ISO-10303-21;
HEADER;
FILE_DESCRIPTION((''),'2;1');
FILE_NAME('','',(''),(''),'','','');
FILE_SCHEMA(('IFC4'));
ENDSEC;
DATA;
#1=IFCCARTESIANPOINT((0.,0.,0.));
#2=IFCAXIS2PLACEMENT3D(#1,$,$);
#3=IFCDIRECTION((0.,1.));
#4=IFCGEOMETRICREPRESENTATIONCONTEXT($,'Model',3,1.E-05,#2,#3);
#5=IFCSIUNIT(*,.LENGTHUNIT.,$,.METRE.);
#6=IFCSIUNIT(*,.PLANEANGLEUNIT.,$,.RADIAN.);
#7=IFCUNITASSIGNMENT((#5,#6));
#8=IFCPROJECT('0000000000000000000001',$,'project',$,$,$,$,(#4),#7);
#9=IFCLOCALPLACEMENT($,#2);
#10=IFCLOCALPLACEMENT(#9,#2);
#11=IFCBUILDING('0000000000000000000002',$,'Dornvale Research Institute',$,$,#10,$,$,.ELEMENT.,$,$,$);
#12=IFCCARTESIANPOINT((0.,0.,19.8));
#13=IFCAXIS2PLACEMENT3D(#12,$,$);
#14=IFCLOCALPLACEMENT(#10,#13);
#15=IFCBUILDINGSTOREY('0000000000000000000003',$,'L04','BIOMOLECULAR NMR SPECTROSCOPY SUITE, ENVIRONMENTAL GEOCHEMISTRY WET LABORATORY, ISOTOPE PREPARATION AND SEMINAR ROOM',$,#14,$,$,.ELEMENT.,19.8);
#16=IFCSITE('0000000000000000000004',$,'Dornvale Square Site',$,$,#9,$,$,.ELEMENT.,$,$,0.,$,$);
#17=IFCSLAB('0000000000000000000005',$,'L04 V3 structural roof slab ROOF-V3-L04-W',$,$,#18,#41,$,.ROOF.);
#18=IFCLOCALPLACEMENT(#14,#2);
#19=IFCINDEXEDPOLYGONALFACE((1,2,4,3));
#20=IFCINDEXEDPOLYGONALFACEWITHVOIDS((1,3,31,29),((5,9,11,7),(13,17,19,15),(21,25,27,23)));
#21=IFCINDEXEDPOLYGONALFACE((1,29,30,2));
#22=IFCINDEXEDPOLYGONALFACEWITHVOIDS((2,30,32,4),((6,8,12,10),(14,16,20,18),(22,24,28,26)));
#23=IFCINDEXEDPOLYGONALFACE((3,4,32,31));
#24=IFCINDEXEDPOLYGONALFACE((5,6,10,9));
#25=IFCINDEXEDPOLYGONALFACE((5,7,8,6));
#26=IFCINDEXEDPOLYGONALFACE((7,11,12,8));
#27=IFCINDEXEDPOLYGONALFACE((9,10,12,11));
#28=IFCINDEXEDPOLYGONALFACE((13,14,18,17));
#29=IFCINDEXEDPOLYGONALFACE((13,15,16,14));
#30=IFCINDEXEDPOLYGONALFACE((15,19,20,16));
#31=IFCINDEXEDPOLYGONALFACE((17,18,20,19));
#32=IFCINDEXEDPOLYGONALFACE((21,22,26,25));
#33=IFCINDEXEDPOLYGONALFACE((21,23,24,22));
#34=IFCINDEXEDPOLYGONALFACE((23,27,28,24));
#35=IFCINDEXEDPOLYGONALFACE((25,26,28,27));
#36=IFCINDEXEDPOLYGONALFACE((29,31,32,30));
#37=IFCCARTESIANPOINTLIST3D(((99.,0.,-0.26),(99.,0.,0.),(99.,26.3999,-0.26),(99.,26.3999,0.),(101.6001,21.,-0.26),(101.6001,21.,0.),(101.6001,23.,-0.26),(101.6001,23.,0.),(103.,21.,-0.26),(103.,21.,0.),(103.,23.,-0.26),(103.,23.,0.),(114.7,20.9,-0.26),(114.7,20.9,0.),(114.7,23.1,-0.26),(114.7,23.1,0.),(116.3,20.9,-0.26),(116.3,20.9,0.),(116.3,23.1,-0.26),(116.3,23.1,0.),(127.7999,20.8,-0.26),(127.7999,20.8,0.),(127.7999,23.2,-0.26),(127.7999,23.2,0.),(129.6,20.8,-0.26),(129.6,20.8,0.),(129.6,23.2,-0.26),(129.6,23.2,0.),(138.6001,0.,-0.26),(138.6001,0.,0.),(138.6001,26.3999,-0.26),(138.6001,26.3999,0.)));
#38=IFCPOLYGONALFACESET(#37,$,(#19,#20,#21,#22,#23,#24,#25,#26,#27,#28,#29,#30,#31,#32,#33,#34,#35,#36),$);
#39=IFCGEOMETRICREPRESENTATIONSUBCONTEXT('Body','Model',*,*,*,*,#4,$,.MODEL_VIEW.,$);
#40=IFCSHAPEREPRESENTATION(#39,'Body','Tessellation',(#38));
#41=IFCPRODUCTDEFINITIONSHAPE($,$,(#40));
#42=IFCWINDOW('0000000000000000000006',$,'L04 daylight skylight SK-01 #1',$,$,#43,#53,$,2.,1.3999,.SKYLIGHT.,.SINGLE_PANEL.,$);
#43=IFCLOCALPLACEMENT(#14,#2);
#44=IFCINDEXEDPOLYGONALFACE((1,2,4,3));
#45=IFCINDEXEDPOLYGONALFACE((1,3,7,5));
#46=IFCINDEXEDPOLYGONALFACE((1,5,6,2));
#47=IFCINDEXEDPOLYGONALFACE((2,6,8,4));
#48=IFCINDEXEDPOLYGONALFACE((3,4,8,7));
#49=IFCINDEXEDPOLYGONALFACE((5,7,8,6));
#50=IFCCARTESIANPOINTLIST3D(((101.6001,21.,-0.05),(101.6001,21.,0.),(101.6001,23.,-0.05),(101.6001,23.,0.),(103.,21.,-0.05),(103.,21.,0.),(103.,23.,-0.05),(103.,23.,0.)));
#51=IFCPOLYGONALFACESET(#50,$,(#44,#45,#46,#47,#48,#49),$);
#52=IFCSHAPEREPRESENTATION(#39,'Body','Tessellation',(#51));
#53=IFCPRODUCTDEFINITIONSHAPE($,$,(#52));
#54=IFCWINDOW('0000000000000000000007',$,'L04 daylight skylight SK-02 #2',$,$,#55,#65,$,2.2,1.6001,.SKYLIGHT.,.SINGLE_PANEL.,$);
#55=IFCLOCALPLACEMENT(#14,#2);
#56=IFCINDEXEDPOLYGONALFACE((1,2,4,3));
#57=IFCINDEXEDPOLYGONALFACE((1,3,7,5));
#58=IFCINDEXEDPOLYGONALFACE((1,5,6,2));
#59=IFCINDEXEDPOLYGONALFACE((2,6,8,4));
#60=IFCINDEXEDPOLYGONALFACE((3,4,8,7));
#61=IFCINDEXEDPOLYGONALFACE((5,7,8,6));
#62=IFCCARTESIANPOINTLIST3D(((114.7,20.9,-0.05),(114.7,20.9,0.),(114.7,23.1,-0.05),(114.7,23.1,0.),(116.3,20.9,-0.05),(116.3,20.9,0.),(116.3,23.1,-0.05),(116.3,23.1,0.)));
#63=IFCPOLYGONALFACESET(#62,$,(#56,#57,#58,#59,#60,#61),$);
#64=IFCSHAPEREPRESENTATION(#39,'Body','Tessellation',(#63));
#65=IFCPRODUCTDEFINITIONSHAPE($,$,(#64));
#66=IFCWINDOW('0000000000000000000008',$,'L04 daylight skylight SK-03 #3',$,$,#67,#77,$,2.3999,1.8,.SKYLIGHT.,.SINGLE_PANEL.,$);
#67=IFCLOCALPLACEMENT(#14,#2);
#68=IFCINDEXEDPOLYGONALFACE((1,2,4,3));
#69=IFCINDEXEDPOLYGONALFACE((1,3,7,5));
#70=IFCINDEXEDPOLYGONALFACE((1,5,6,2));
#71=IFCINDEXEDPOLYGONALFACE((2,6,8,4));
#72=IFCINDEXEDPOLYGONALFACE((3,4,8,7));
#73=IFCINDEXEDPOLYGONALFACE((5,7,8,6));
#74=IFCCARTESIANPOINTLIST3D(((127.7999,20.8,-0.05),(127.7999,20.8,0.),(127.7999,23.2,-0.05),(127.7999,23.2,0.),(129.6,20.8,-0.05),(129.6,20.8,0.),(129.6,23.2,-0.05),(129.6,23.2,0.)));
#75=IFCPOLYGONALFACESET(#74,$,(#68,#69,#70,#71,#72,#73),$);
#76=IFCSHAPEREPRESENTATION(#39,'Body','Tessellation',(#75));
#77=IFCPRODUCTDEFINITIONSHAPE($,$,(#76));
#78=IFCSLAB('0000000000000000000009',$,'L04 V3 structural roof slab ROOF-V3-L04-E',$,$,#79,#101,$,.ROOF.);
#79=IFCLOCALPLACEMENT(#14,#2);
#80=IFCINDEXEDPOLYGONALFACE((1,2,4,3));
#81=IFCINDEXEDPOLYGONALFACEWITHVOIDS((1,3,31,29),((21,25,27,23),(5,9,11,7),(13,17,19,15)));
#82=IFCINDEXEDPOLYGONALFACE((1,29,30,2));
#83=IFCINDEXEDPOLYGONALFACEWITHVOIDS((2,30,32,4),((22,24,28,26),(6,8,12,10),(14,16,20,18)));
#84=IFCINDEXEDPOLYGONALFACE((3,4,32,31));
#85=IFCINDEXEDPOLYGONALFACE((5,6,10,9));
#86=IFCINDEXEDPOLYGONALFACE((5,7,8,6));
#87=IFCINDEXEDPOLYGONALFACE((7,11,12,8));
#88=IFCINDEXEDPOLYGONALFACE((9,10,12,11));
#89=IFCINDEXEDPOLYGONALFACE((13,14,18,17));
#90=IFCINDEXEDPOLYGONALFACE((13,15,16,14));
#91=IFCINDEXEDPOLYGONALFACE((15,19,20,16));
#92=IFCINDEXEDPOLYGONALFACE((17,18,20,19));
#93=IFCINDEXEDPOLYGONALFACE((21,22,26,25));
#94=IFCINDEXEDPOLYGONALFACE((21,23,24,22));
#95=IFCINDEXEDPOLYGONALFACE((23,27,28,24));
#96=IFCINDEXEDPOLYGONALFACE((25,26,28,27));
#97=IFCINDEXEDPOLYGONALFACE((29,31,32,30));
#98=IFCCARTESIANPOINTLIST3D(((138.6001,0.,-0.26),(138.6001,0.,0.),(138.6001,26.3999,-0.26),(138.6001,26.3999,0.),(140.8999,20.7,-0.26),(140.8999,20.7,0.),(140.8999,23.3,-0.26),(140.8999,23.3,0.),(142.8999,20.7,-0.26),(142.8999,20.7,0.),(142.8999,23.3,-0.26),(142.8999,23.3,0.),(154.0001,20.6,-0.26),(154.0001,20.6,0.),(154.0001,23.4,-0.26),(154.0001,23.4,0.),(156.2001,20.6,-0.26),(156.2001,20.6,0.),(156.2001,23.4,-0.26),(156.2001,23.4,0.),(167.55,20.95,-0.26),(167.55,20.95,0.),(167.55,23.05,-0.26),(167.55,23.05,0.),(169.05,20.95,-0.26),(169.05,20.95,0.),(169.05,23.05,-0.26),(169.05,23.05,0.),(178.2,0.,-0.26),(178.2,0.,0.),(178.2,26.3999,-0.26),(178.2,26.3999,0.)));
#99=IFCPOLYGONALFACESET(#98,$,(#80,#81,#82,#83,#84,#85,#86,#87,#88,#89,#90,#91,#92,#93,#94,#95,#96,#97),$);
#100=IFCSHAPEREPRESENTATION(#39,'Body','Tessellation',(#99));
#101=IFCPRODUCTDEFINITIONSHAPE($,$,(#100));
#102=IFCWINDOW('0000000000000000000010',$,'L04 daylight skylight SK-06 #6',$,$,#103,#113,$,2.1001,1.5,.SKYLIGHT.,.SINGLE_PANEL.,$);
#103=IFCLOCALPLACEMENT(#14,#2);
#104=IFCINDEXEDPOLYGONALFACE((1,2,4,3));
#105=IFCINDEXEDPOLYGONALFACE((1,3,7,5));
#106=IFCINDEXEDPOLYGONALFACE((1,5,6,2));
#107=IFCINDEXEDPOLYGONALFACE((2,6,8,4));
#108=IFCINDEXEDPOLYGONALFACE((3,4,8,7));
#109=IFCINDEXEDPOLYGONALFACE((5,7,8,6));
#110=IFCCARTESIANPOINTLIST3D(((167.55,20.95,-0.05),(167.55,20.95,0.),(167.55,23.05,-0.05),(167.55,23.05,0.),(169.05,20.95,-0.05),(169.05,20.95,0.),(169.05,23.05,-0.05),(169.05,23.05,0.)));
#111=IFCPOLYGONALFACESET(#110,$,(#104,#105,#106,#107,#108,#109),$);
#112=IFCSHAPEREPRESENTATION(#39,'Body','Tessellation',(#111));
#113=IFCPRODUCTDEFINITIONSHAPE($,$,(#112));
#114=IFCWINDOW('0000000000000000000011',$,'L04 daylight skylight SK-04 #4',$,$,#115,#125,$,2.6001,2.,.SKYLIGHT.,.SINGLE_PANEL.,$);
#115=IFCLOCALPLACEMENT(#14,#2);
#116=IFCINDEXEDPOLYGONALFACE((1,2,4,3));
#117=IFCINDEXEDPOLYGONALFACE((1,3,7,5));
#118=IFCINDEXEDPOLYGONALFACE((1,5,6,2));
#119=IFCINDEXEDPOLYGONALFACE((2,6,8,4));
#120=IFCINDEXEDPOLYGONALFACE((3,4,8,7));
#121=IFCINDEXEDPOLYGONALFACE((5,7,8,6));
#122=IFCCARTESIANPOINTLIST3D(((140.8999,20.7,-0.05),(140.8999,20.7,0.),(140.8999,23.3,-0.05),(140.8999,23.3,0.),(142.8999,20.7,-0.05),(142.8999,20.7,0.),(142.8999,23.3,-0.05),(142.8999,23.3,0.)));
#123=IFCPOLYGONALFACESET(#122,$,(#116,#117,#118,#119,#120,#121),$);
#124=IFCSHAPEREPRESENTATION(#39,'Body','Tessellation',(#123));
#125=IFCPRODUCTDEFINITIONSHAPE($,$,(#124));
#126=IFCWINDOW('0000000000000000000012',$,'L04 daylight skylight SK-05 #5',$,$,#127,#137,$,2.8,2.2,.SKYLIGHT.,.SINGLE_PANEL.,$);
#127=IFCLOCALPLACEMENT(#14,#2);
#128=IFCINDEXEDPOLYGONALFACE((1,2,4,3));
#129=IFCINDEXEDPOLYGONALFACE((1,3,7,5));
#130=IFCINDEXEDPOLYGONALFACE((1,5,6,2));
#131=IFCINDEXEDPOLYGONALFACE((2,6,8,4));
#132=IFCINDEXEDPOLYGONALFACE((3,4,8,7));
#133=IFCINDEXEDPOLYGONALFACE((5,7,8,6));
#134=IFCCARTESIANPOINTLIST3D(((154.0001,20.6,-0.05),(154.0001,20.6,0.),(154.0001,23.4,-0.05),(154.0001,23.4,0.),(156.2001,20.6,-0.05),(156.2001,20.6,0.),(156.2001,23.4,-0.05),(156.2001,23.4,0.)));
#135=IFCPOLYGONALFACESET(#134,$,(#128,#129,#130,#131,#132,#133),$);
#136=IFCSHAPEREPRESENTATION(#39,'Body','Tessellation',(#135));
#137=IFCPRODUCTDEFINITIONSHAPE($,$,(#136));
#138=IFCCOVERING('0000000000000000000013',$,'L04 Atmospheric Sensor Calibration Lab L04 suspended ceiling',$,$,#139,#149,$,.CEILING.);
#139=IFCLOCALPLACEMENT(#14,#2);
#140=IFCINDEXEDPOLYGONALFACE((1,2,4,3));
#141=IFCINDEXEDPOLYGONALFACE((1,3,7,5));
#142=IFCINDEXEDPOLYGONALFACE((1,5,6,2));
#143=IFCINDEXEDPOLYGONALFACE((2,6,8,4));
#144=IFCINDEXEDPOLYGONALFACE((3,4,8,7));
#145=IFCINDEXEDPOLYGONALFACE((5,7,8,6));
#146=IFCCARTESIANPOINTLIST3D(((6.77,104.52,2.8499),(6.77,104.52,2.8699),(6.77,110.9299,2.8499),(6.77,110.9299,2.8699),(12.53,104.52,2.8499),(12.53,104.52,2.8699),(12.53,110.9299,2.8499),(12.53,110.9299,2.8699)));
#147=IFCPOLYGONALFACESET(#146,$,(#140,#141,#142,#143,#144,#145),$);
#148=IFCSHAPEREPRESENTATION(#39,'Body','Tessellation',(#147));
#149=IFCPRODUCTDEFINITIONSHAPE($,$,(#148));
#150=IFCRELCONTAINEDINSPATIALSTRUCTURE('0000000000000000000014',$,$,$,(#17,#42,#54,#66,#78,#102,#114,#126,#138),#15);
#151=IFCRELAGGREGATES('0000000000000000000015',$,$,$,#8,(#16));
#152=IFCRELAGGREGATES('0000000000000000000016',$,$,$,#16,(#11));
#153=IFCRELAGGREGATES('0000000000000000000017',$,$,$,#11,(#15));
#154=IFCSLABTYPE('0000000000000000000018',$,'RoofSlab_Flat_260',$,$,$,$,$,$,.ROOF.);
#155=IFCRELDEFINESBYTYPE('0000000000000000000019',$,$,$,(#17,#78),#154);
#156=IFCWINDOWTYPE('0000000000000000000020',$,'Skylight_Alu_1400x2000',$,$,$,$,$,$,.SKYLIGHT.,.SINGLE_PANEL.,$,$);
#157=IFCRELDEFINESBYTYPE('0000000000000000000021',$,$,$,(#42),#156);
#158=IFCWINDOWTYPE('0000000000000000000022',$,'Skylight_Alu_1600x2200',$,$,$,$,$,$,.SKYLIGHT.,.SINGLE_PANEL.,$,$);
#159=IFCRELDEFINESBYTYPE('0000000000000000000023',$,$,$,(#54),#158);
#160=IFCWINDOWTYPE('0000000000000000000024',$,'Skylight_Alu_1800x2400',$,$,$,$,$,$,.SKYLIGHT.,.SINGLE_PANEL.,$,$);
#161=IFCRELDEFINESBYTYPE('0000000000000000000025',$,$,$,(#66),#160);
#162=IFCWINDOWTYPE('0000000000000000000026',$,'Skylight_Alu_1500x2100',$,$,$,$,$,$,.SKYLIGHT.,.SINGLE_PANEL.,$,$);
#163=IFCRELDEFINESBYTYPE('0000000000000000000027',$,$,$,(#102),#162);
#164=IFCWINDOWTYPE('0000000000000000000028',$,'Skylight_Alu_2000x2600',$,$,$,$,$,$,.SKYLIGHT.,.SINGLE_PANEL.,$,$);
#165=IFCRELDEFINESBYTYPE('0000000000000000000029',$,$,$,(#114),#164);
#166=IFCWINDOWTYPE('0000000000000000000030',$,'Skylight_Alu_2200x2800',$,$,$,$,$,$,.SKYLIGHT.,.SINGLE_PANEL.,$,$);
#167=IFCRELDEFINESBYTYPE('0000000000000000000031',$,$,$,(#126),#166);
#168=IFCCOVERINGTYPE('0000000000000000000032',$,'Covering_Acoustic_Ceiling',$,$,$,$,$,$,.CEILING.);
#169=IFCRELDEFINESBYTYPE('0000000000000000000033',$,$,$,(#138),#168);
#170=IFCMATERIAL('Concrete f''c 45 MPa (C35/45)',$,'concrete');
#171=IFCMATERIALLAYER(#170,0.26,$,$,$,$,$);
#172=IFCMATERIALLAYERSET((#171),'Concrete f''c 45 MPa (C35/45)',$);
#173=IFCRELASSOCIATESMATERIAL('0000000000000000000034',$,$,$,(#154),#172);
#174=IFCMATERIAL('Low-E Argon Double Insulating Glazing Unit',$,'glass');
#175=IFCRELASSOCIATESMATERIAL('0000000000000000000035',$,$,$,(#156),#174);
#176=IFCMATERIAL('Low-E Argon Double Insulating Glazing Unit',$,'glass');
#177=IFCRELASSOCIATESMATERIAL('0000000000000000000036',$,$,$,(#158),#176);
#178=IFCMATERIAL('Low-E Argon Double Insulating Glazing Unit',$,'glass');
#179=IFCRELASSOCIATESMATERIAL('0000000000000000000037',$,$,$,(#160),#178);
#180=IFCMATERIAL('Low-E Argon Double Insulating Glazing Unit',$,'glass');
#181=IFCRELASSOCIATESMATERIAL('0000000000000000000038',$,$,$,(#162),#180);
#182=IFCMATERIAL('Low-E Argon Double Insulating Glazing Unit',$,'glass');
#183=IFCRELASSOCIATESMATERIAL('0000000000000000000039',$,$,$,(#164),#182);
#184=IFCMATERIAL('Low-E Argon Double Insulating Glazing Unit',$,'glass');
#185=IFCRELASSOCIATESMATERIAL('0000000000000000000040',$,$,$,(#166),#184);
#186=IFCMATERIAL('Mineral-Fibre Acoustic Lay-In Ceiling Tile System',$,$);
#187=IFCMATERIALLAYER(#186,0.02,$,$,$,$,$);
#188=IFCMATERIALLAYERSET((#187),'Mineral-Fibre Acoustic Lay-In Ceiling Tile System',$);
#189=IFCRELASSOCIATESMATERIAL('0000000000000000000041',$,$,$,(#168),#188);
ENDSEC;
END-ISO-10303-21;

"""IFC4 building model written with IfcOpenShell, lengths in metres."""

from ifc_helpers import new_model, si_unit, direction, frame, origin, origin_2d, place, context, subcontext, project, spatial, polyline, rectangle, outline, extrude, material, layer, layer_set, type_object, element, fill, save


model = new_model("IFC4")

# Units and contexts
model_context = context("Model", 3, precision=1e-05, world=origin(), true_north=direction((0.0, 1.0)))
body_context = subcontext(model_context, "Body", "Model", "MODEL_VIEW")
ifc_project = project(units=[si_unit("LENGTHUNIT", "METRE"), si_unit("PLANEANGLEUNIT", "RADIAN")], contexts=[model_context])

# Site, building, storey
site_placement = place(None, origin())
site = spatial("IfcSite", under=ifc_project, at=site_placement, Name="Dornvale Square Site", CompositionType="ELEMENT", RefElevation=0.0)
building_placement = place(site_placement, origin())
building = spatial("IfcBuilding", under=site, at=building_placement, Name="Dornvale Research Institute", CompositionType="ELEMENT")
storey_placement = place(building_placement, frame((0.0, 0.0, 19.8)))
storey = spatial("IfcBuildingStorey", under=building, at=storey_placement, Name="L04", Description="BIOMOLECULAR NMR SPECTROSCOPY SUITE, ENVIRONMENTAL GEOCHEMISTRY WET LABORATORY, ISOTOPE PREPARATION AND SEMINAR ROOM", CompositionType="ELEMENT", Elevation=19.8)

# Slabs, openings, windows
ifc_material_1 = material(Name="Concrete f'c 45 MPa (C35/45)", Category="concrete")
ifc_layer_1 = layer(ifc_material_1, 0.26)
ifc_layer_set_1 = layer_set([ifc_layer_1], Name="Concrete f'c 45 MPa (C35/45)")
slab_type_1 = type_object("IfcSlabType", Name="RoofSlab_Flat_260", PredefinedType="ROOF", material=ifc_layer_set_1)
slab_1_placement = place(storey_placement, frame((0.0, 0.0, -0.26)))
slab_1 = element("IfcSlab", 1, at=slab_1_placement, inside=storey, type_object=slab_type_1, Name="L04 V3 structural roof slab ROOF-V3-L04-W", PredefinedType="ROOF", context=body_context, shape_type="SweptSolid", body=[
    extrude(outline(polyline([(99.0, 0.0), (138.6001, 0.0), (138.6001, 26.3999), (99.0, 26.3999), (99.0, 0.0)])), origin(), (0.0, 0.0, 1.0), 0.26),
])
opening_1_placement = place(slab_1_placement, frame((102.3, 22.0, 0.0)))
opening_1 = element("IfcOpeningElement", 2, at=opening_1_placement, cuts=slab_1, PredefinedType="OPENING", context=body_context, shape_type="SweptSolid", body=[
    extrude(rectangle(XDim=1.3999, YDim=2.0, at=origin_2d()), origin(), (0.0, 0.0, 1.0), 0.26),
])
opening_2_placement = place(slab_1_placement, frame((115.5, 22.0, 0.0)))
opening_2 = element("IfcOpeningElement", 3, at=opening_2_placement, cuts=slab_1, PredefinedType="OPENING", context=body_context, shape_type="SweptSolid", body=[
    extrude(rectangle(XDim=1.6001, YDim=2.2, at=origin_2d()), origin(), (0.0, 0.0, 1.0), 0.26),
])
opening_3_placement = place(slab_1_placement, frame((128.7, 22.0, 0.0)))
opening_3 = element("IfcOpeningElement", 4, at=opening_3_placement, cuts=slab_1, PredefinedType="OPENING", context=body_context, shape_type="SweptSolid", body=[
    extrude(rectangle(XDim=1.8, YDim=2.3999, at=origin_2d()), origin(), (0.0, 0.0, 1.0), 0.26),
])
ifc_material_2 = material(Name="Low-E Argon Double Insulating Glazing Unit", Category="glass")
window_type_1 = type_object("IfcWindowType", Name="Skylight_Alu_1400x2000", PartitioningType="SINGLE_PANEL", PredefinedType="SKYLIGHT", material=ifc_material_2)
window_1_placement = place(opening_1_placement, frame((0.0, 0.0, 0.21)))
window_1 = element("IfcWindow", 5, at=window_1_placement, inside=storey, type_object=window_type_1, Name="L04 daylight skylight SK-01 #1", OverallHeight=2.0, OverallWidth=1.3999, PartitioningType="SINGLE_PANEL", PredefinedType="SKYLIGHT", context=body_context, shape_type="SweptSolid", body=[
    extrude(rectangle(XDim=1.3999, YDim=2.0, at=origin_2d()), origin(), (0.0, 0.0, 1.0), 0.05),
])
fill(opening_1, window_1)
ifc_material_3 = material(Name="Low-E Argon Double Insulating Glazing Unit", Category="glass")
window_type_2 = type_object("IfcWindowType", Name="Skylight_Alu_1600x2200", PartitioningType="SINGLE_PANEL", PredefinedType="SKYLIGHT", material=ifc_material_3)
window_2_placement = place(opening_2_placement, frame((0.0, 0.0, 0.21)))
window_2 = element("IfcWindow", 6, at=window_2_placement, inside=storey, type_object=window_type_2, Name="L04 daylight skylight SK-02 #2", OverallHeight=2.2, OverallWidth=1.6001, PartitioningType="SINGLE_PANEL", PredefinedType="SKYLIGHT", context=body_context, shape_type="SweptSolid", body=[
    extrude(rectangle(XDim=1.6001, YDim=2.2, at=origin_2d()), origin(), (0.0, 0.0, 1.0), 0.05),
])
fill(opening_2, window_2)
ifc_material_4 = material(Name="Low-E Argon Double Insulating Glazing Unit", Category="glass")
window_type_3 = type_object("IfcWindowType", Name="Skylight_Alu_1800x2400", PartitioningType="SINGLE_PANEL", PredefinedType="SKYLIGHT", material=ifc_material_4)
window_3_placement = place(opening_3_placement, frame((0.0, 0.0, 0.21)))
window_3 = element("IfcWindow", 7, at=window_3_placement, inside=storey, type_object=window_type_3, Name="L04 daylight skylight SK-03 #3", OverallHeight=2.3999, OverallWidth=1.8, PartitioningType="SINGLE_PANEL", PredefinedType="SKYLIGHT", context=body_context, shape_type="SweptSolid", body=[
    extrude(rectangle(XDim=1.8, YDim=2.3999, at=origin_2d()), origin(), (0.0, 0.0, 1.0), 0.05),
])
fill(opening_3, window_3)
slab_2_placement = place(storey_placement, frame((0.0, 0.0, -0.26)))
slab_2 = element("IfcSlab", 8, at=slab_2_placement, inside=storey, type_object=slab_type_1, Name="L04 V3 structural roof slab ROOF-V3-L04-E", PredefinedType="ROOF", context=body_context, shape_type="SweptSolid", body=[
    extrude(outline(polyline([(138.6001, 0.0), (178.2, 0.0), (178.2, 26.3999), (138.6001, 26.3999), (138.6001, 0.0)])), origin(), (0.0, 0.0, 1.0), 0.26),
])
opening_4_placement = place(slab_2_placement, frame((141.8999, 22.0, 0.0)))
opening_4 = element("IfcOpeningElement", 9, at=opening_4_placement, cuts=slab_2, PredefinedType="OPENING", context=body_context, shape_type="SweptSolid", body=[
    extrude(rectangle(XDim=2.0, YDim=2.6001, at=origin_2d()), origin(), (0.0, 0.0, 1.0), 0.26),
])
opening_5_placement = place(slab_2_placement, frame((155.1001, 22.0, 0.0)))
opening_5 = element("IfcOpeningElement", 10, at=opening_5_placement, cuts=slab_2, PredefinedType="OPENING", context=body_context, shape_type="SweptSolid", body=[
    extrude(rectangle(XDim=2.2, YDim=2.8, at=origin_2d()), origin(), (0.0, 0.0, 1.0), 0.26),
])
opening_6_placement = place(slab_2_placement, frame((168.3, 22.0, 0.0)))
opening_6 = element("IfcOpeningElement", 11, at=opening_6_placement, cuts=slab_2, PredefinedType="OPENING", context=body_context, shape_type="SweptSolid", body=[
    extrude(rectangle(XDim=1.5, YDim=2.1001, at=origin_2d()), origin(), (0.0, 0.0, 1.0), 0.26),
])
ifc_material_5 = material(Name="Low-E Argon Double Insulating Glazing Unit", Category="glass")
window_type_4 = type_object("IfcWindowType", Name="Skylight_Alu_1500x2100", PartitioningType="SINGLE_PANEL", PredefinedType="SKYLIGHT", material=ifc_material_5)
window_4_placement = place(opening_6_placement, frame((0.0, 0.0, 0.21)))
window_4 = element("IfcWindow", 12, at=window_4_placement, inside=storey, type_object=window_type_4, Name="L04 daylight skylight SK-06 #6", OverallHeight=2.1001, OverallWidth=1.5, PartitioningType="SINGLE_PANEL", PredefinedType="SKYLIGHT", context=body_context, shape_type="SweptSolid", body=[
    extrude(rectangle(XDim=1.5, YDim=2.1001, at=origin_2d()), origin(), (0.0, 0.0, 1.0), 0.05),
])
fill(opening_6, window_4)
ifc_material_6 = material(Name="Low-E Argon Double Insulating Glazing Unit", Category="glass")
window_type_5 = type_object("IfcWindowType", Name="Skylight_Alu_2000x2600", PartitioningType="SINGLE_PANEL", PredefinedType="SKYLIGHT", material=ifc_material_6)
window_5_placement = place(opening_4_placement, frame((0.0, 0.0, 0.21)))
window_5 = element("IfcWindow", 13, at=window_5_placement, inside=storey, type_object=window_type_5, Name="L04 daylight skylight SK-04 #4", OverallHeight=2.6001, OverallWidth=2.0, PartitioningType="SINGLE_PANEL", PredefinedType="SKYLIGHT", context=body_context, shape_type="SweptSolid", body=[
    extrude(rectangle(XDim=2.0, YDim=2.6001, at=origin_2d()), origin(), (0.0, 0.0, 1.0), 0.05),
])
fill(opening_4, window_5)
ifc_material_7 = material(Name="Low-E Argon Double Insulating Glazing Unit", Category="glass")
window_type_6 = type_object("IfcWindowType", Name="Skylight_Alu_2200x2800", PartitioningType="SINGLE_PANEL", PredefinedType="SKYLIGHT", material=ifc_material_7)
window_6_placement = place(opening_5_placement, frame((0.0, 0.0, 0.21)))
window_6 = element("IfcWindow", 14, at=window_6_placement, inside=storey, type_object=window_type_6, Name="L04 daylight skylight SK-05 #5", OverallHeight=2.8, OverallWidth=2.2, PartitioningType="SINGLE_PANEL", PredefinedType="SKYLIGHT", context=body_context, shape_type="SweptSolid", body=[
    extrude(rectangle(XDim=2.2, YDim=2.8, at=origin_2d()), origin(), (0.0, 0.0, 1.0), 0.05),
])
fill(opening_5, window_6)

# Covering
ifc_material_8 = material(Name="Mineral-Fibre Acoustic Lay-In Ceiling Tile System")
ifc_layer_2 = layer(ifc_material_8, 0.02)
ifc_layer_set_2 = layer_set([ifc_layer_2], Name="Mineral-Fibre Acoustic Lay-In Ceiling Tile System")
covering_type_1 = type_object("IfcCoveringType", Name="Covering_Acoustic_Ceiling", PredefinedType="CEILING", material=ifc_layer_set_2)
covering_1_placement = place(storey_placement, frame((0.0, 0.0, 2.8499)))
element("IfcCovering", 15, at=covering_1_placement, inside=storey, type_object=covering_type_1, Name="L04 Atmospheric Sensor Calibration Lab L04 suspended ceiling", PredefinedType="CEILING", context=body_context, shape_type="SweptSolid", body=[
    extrude(outline(polyline([(6.77, 104.52), (6.77, 110.9299), (12.53, 110.9299), (12.53, 104.52), (6.77, 104.52)])), origin(), (0.0, 0.0, 1.0), 0.02),
])

save(model, "model.ifc")
